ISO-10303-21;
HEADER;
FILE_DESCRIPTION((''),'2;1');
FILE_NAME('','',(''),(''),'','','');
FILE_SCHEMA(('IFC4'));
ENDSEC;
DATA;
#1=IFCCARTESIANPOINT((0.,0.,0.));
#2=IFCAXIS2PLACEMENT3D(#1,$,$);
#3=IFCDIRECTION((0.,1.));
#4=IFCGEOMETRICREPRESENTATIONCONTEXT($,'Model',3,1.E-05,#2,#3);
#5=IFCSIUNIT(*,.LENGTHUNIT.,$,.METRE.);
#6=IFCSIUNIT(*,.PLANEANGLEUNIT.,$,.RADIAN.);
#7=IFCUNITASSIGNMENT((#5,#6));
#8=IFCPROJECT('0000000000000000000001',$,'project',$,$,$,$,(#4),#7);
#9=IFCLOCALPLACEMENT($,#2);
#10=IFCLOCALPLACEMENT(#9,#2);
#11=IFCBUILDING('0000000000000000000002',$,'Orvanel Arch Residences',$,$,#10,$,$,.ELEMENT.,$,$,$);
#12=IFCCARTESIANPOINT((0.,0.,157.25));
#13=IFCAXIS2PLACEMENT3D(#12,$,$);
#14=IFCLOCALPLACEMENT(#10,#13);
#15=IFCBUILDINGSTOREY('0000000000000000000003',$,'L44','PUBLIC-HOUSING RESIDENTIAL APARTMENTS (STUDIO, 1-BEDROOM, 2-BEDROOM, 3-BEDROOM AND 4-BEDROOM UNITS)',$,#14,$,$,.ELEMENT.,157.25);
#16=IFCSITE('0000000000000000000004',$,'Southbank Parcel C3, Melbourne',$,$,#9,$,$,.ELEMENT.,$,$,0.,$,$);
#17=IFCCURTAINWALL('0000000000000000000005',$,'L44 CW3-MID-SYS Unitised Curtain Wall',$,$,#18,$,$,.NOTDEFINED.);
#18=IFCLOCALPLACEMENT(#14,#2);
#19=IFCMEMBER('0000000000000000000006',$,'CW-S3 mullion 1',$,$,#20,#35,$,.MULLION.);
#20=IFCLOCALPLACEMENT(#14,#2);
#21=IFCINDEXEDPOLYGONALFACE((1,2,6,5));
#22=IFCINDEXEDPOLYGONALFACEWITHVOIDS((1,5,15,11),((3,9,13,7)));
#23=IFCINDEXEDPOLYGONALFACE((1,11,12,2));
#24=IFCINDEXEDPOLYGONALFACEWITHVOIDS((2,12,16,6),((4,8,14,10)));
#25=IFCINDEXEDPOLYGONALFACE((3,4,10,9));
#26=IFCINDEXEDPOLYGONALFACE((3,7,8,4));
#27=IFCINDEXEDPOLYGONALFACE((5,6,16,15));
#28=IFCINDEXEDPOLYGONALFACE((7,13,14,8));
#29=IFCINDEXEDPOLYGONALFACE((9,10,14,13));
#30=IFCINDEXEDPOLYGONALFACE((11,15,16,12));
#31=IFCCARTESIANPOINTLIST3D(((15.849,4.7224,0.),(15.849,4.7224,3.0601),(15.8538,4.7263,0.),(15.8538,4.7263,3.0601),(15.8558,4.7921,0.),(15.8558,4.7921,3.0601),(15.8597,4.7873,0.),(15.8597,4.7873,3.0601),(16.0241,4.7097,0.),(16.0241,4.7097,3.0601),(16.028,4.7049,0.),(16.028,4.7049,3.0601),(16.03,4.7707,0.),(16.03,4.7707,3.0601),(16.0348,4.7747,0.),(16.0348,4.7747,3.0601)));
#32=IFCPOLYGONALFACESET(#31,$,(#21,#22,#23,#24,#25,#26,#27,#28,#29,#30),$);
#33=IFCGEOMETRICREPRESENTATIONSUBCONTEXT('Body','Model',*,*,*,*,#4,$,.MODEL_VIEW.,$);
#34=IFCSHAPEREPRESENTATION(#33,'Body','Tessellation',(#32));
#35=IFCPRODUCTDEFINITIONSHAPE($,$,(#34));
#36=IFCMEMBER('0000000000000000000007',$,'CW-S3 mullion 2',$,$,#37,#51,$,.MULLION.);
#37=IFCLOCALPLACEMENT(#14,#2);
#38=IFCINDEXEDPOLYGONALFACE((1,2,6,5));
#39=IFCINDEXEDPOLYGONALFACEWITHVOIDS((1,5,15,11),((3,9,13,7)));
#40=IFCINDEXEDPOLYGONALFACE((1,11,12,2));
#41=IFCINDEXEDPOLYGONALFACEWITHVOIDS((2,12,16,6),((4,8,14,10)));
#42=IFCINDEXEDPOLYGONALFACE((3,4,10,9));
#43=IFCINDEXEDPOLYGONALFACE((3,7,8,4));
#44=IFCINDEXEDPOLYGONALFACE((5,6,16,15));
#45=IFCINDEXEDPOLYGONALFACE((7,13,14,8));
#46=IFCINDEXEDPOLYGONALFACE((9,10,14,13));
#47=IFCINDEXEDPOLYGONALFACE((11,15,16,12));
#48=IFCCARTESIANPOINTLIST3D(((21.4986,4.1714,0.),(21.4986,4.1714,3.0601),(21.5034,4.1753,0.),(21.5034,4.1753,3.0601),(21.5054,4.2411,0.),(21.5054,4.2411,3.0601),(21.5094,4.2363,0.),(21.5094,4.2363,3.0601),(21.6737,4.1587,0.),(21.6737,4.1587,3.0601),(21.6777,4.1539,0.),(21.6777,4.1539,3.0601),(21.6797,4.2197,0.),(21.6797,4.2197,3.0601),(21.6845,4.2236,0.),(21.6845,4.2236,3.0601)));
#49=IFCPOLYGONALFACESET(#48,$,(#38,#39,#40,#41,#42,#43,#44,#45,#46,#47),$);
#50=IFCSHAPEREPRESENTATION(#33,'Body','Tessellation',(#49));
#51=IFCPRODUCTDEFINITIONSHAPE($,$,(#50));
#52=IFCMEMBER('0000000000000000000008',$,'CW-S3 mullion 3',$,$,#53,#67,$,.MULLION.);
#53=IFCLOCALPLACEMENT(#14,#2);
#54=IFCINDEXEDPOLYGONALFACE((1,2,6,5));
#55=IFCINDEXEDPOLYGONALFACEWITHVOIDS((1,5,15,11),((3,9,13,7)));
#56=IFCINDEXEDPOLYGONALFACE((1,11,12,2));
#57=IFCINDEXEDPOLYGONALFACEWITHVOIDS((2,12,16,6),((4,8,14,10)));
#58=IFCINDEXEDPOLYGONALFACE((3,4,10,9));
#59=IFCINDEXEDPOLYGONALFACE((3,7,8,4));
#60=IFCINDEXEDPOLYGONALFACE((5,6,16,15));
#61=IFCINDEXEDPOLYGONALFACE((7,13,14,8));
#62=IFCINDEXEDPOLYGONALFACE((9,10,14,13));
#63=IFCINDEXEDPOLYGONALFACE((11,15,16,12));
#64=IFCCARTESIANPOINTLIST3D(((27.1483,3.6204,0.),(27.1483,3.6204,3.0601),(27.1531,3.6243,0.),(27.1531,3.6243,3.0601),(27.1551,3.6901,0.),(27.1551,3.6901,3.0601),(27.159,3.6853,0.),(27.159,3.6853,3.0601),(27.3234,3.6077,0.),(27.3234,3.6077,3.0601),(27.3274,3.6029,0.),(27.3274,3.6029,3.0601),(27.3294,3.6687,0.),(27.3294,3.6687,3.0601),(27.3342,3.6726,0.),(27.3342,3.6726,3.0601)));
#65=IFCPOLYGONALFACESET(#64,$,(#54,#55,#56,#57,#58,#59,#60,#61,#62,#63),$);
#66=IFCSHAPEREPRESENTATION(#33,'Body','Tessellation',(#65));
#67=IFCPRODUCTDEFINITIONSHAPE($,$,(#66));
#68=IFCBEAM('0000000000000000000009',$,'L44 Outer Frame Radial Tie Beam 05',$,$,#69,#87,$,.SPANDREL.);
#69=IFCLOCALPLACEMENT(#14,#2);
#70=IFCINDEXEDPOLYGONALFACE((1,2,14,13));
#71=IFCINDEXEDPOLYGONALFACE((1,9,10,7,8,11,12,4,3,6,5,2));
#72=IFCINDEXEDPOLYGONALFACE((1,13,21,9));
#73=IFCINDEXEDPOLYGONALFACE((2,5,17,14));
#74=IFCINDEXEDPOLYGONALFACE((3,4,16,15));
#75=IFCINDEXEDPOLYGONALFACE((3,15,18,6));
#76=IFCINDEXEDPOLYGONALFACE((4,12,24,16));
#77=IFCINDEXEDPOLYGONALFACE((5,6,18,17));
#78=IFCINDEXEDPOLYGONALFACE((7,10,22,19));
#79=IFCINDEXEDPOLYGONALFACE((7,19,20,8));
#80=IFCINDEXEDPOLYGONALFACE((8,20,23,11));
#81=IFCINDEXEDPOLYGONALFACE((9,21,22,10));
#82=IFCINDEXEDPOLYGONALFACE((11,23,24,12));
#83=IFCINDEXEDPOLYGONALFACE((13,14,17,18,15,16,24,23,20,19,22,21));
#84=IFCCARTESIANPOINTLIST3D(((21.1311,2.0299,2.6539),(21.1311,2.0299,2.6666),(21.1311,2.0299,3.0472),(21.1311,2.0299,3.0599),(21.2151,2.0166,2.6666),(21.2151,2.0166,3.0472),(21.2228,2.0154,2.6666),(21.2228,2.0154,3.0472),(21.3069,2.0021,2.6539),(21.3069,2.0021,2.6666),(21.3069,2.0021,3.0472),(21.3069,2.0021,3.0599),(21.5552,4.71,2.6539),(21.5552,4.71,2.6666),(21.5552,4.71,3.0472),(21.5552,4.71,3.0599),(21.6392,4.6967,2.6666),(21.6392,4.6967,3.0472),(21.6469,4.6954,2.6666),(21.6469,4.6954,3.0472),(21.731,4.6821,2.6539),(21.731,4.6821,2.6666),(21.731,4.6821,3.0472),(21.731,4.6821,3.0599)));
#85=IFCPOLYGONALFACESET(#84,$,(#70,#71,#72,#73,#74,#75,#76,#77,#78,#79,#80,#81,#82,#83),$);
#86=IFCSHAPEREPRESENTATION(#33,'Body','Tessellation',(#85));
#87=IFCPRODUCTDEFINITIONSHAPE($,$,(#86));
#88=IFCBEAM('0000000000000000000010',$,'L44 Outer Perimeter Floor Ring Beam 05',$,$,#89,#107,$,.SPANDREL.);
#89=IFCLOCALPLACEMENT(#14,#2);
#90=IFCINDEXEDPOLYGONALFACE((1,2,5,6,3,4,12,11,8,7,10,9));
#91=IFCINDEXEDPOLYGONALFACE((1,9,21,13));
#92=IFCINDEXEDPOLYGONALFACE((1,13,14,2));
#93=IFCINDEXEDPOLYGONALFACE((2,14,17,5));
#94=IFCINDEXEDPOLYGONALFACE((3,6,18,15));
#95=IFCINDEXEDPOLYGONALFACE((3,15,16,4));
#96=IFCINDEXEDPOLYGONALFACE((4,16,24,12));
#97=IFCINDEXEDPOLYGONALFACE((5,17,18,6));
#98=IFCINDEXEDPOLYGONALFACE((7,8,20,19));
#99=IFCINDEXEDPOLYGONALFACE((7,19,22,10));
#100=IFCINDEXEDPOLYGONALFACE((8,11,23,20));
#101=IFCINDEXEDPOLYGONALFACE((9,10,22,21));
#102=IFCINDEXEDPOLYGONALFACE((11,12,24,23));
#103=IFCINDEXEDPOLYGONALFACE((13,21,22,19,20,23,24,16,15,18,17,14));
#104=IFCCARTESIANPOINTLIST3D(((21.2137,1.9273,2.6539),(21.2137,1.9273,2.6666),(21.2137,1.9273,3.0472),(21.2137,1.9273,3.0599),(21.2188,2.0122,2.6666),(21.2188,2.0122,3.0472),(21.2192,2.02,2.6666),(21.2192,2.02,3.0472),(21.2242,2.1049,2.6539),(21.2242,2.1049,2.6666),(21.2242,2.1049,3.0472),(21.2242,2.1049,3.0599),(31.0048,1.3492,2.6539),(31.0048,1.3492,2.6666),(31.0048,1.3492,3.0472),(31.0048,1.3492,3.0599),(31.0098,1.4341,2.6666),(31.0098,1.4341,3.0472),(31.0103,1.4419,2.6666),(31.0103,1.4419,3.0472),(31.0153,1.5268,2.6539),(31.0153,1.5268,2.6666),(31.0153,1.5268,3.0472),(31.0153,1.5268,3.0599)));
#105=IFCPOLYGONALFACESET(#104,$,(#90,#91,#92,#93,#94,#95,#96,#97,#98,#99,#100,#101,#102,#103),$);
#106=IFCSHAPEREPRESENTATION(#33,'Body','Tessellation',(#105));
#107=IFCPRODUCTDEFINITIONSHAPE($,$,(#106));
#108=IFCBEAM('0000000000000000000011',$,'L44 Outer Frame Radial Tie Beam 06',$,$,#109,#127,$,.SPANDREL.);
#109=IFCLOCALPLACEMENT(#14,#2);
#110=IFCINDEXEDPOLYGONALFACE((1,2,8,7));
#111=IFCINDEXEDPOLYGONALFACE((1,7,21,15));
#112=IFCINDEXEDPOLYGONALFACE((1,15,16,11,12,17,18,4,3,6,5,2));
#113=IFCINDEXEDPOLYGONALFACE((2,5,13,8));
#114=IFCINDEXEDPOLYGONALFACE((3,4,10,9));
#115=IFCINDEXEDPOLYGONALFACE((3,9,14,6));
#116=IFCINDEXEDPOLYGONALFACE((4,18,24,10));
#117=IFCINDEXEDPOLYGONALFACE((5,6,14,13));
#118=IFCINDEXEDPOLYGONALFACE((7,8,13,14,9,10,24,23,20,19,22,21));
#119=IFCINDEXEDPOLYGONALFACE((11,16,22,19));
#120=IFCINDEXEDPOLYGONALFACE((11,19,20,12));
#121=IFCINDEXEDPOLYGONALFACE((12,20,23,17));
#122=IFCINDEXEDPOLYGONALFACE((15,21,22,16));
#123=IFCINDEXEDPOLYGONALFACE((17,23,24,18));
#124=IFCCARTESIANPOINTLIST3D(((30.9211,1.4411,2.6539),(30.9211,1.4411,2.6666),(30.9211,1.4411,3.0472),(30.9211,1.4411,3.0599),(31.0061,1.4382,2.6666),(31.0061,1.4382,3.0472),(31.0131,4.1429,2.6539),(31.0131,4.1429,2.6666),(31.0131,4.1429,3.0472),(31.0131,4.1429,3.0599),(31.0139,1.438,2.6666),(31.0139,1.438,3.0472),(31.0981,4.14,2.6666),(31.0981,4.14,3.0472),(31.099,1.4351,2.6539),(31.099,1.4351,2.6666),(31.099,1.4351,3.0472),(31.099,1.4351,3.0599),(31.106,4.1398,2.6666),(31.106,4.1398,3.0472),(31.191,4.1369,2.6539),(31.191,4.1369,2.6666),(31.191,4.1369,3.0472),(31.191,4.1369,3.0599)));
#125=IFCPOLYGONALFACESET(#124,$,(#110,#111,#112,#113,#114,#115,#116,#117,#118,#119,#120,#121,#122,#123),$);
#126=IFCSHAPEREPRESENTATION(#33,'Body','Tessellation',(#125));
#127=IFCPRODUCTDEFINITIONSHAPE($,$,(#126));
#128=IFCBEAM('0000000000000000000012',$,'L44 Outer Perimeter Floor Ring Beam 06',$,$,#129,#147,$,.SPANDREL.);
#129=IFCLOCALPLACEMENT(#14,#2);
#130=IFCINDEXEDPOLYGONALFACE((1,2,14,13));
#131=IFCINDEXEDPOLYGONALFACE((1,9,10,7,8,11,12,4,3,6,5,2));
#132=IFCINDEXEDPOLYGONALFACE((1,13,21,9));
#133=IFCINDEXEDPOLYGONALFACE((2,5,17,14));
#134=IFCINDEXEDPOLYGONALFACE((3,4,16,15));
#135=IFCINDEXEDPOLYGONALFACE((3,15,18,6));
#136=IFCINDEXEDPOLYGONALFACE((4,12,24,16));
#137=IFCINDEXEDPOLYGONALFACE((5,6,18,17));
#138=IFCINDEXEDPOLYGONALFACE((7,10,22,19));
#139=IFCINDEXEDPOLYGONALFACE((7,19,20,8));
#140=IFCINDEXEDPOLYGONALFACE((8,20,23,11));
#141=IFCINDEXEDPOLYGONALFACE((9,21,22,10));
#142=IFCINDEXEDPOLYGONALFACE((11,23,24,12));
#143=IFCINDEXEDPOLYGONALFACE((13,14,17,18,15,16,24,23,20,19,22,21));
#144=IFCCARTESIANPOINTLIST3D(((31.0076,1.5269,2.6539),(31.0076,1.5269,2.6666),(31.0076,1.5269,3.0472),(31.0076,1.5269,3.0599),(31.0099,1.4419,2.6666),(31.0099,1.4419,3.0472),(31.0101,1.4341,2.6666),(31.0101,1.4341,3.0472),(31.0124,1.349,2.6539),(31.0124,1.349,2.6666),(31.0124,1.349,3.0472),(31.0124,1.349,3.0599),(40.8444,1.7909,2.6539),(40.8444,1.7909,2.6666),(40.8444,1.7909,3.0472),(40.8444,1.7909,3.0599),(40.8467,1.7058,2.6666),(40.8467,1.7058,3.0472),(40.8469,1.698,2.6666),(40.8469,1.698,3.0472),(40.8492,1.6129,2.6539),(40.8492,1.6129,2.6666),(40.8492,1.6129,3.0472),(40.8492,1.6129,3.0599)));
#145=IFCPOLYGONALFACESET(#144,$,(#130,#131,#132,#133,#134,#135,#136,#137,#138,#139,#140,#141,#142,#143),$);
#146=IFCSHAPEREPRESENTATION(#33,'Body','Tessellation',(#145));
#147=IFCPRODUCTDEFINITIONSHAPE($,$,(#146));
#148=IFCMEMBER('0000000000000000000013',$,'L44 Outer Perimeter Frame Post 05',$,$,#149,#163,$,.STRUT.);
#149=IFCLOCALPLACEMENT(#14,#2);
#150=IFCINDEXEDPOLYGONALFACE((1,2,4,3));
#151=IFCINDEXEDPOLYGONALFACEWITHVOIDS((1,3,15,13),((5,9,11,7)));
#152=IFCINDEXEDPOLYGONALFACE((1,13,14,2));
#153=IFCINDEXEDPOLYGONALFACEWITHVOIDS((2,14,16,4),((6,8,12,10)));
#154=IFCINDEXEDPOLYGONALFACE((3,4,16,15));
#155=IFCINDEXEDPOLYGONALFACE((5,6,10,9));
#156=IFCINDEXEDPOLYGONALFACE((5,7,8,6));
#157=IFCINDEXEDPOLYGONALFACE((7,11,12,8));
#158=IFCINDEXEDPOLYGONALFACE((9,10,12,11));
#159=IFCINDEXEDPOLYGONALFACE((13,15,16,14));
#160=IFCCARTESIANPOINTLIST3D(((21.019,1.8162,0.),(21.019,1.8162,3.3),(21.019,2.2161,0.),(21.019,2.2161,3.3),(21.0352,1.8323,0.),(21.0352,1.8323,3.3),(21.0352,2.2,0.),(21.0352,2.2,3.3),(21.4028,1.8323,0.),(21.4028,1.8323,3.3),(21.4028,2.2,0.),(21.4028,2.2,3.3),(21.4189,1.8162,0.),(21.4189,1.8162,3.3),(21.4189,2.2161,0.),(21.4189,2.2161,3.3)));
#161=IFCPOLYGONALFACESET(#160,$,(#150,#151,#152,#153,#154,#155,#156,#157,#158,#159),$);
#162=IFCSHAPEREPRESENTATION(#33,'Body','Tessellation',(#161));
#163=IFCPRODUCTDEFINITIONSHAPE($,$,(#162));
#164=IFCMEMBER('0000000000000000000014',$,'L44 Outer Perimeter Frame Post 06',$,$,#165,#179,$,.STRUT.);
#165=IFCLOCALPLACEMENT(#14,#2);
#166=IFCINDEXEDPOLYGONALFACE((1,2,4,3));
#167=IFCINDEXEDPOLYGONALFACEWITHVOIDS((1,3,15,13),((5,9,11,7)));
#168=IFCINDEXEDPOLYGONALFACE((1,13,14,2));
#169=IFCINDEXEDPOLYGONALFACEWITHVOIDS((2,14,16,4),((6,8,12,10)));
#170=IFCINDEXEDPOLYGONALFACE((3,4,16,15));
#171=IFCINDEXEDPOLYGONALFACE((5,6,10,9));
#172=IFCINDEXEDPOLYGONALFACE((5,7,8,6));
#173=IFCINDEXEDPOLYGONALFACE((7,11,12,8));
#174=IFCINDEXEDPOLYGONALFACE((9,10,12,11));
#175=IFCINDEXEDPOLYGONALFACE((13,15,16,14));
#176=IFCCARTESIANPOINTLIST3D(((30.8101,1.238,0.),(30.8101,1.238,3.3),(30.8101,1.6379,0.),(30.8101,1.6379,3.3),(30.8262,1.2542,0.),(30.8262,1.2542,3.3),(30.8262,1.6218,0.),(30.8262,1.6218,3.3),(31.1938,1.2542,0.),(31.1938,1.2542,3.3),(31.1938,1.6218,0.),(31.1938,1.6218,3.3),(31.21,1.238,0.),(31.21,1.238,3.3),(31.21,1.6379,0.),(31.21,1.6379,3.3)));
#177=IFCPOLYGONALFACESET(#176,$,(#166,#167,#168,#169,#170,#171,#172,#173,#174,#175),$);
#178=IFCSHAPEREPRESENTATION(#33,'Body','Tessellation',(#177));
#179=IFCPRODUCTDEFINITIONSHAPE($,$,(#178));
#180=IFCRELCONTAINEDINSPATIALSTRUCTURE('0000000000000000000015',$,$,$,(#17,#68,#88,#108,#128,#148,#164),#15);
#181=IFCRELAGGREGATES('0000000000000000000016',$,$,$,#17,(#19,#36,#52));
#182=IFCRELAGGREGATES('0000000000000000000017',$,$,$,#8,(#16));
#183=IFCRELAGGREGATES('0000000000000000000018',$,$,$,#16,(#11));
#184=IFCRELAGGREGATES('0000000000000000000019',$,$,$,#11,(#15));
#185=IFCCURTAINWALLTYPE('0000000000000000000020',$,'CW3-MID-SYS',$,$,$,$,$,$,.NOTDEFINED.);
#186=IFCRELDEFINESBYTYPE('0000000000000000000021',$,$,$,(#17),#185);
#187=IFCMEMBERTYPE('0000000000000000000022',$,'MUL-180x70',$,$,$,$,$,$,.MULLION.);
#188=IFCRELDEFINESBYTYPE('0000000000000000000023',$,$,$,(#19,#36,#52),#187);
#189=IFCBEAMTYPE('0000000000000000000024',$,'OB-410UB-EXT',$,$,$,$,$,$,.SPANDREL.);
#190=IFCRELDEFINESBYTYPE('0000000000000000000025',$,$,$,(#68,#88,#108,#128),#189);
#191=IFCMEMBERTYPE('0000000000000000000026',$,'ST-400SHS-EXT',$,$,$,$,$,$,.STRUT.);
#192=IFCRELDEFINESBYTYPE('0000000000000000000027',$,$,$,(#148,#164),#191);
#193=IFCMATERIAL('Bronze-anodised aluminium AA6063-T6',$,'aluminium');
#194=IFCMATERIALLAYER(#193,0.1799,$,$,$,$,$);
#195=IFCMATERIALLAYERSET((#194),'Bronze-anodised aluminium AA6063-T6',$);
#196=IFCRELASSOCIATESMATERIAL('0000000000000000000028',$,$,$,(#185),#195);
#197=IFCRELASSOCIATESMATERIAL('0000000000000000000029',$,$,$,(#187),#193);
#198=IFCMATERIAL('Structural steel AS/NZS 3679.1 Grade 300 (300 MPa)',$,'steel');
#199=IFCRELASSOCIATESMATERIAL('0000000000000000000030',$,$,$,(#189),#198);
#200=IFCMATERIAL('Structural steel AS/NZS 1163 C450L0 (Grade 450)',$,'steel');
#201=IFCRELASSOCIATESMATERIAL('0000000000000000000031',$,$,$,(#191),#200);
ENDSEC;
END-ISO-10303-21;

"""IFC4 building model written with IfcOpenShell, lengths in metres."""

from ifc_helpers import new_model, si_unit, direction, frame, origin, origin_2d, place, context, subcontext, project, spatial, hollow_rectangle, i_section, extrude, material, layer, layer_set, material_profile, profile_set, type_object, element, aggregate, save


model = new_model("IFC4")

# Units and contexts
model_context = context("Model", 3, precision=1e-05, world=origin(), true_north=direction((0.0, 1.0)))
body_context = subcontext(model_context, "Body", "Model", "MODEL_VIEW")
ifc_project = project(units=[si_unit("LENGTHUNIT", "METRE"), si_unit("PLANEANGLEUNIT", "RADIAN")], contexts=[model_context])

# Site, building, storey
site_placement = place(None, origin())
site = spatial("IfcSite", under=ifc_project, at=site_placement, Name="Southbank Parcel C3, Melbourne", CompositionType="ELEMENT", RefElevation=0.0)
building_placement = place(site_placement, origin())
building = spatial("IfcBuilding", under=site, at=building_placement, Name="Orvanel Arch Residences", CompositionType="ELEMENT")
storey_placement = place(building_placement, frame((0.0, 0.0, 157.25)))
storey = spatial("IfcBuildingStorey", under=building, at=storey_placement, Name="L44", Description="PUBLIC-HOUSING RESIDENTIAL APARTMENTS (STUDIO, 1-BEDROOM, 2-BEDROOM, 3-BEDROOM AND 4-BEDROOM UNITS)", CompositionType="ELEMENT", Elevation=157.25)

# Curtain wall, members
ifc_material_1 = material(Name="Bronze-anodised aluminium AA6063-T6", Category="aluminium")
ifc_layer_1 = layer(ifc_material_1, 0.1799)
ifc_layer_set_1 = layer_set([ifc_layer_1], Name="Bronze-anodised aluminium AA6063-T6")
curtain_wall_type = type_object("IfcCurtainWallType", Name="CW3-MID-SYS", PredefinedType="NOTDEFINED", material=ifc_layer_set_1)
curtain_wall_placement = place(storey_placement, origin())
curtain_wall = element("IfcCurtainWall", 1, at=curtain_wall_placement, inside=storey, type_object=curtain_wall_type, Name="L44 CW3-MID-SYS Unitised Curtain Wall", PredefinedType="NOTDEFINED")
ifc_material_profile_1 = material_profile(ifc_material_1, hollow_rectangle(XDim=0.0701, YDim=0.1799, WallThickness=0.0044, at=origin_2d()), Name="ALU180x70x4.5")
ifc_profile_set_1 = profile_set([ifc_material_profile_1], Name="Bronze-anodised aluminium AA6063-T6")
member_type_1 = type_object("IfcMemberType", Name="MUL-180x70", PredefinedType="MULLION", material=ifc_profile_set_1)
member_1_placement = place(storey_placement, frame((15.9419, 4.7485, 0.0), z_axis=(0.0, 0.0, 1.0), x_axis=(0.097085, 0.995276, 0.0)))
member_1 = element("IfcMember", 2, at=member_1_placement, type_object=member_type_1, Name="CW-S3 mullion 1", PredefinedType="MULLION", context=body_context, shape_type="SweptSolid", body=[
    extrude(hollow_rectangle(XDim=0.0701, YDim=0.1799, WallThickness=0.0044, at=origin_2d()), origin(), (0.0, 0.0, 1.0), 3.0601),
])
member_2_placement = place(storey_placement, frame((21.5916, 4.1975, 0.0), z_axis=(0.0, 0.0, 1.0), x_axis=(0.097085, 0.995276, 0.0)))
member_2 = element("IfcMember", 3, at=member_2_placement, type_object=member_type_1, Name="CW-S3 mullion 2", PredefinedType="MULLION", context=body_context, shape_type="SweptSolid", body=[
    extrude(hollow_rectangle(XDim=0.0701, YDim=0.1799, WallThickness=0.0044, at=origin_2d()), origin(), (0.0, 0.0, 1.0), 3.0601),
])
member_3_placement = place(storey_placement, frame((27.2412, 3.6465, 0.0), z_axis=(0.0, 0.0, 1.0), x_axis=(0.097085, 0.995276, 0.0)))
member_3 = element("IfcMember", 4, at=member_3_placement, type_object=member_type_1, Name="CW-S3 mullion 3", PredefinedType="MULLION", context=body_context, shape_type="SweptSolid", body=[
    extrude(hollow_rectangle(XDim=0.0701, YDim=0.1799, WallThickness=0.0044, at=origin_2d()), origin(), (0.0, 0.0, 1.0), 3.0601),
])

# Beams
ifc_material_2 = material(Name="Structural steel AS/NZS 3679.1 Grade 300 (300 MPa)", Category="steel")
ifc_material_profile_2 = material_profile(ifc_material_2, i_section(OverallWidth=0.178, OverallDepth=0.406, WebThickness=0.0078, FlangeThickness=0.0127, at=origin_2d()), Name="410UB59.7")
ifc_profile_set_2 = profile_set([ifc_material_profile_2], Name="Structural steel AS/NZS 3679.1 Grade 300 (300 MPa)")
beam_type = type_object("IfcBeamType", Name="OB-410UB-EXT", PredefinedType="SPANDREL", material=ifc_profile_set_2)
beam_1_placement = place(storey_placement, frame((21.6431, 4.696, 2.8569), z_axis=(-0.156295, -0.98771, 0.0), x_axis=(0.98771, -0.156295, 0.0)))
element("IfcBeam", 5, at=beam_1_placement, inside=storey, type_object=beam_type, Name="L44 Outer Frame Radial Tie Beam 05", PredefinedType="SPANDREL", context=body_context, shape_type="SweptSolid", body=[
    extrude(i_section(OverallWidth=0.178, OverallDepth=0.406, WebThickness=0.0078, FlangeThickness=0.0127, at=origin_2d()), origin(), (0.0, 0.0, 1.0), 2.7134),
])
beam_2_placement = place(storey_placement, frame((21.219, 2.0161, 2.8569), z_axis=(0.998261, -0.058944, 0.0), x_axis=(0.058944, 0.998261, 0.0)))
element("IfcBeam", 6, at=beam_2_placement, inside=storey, type_object=beam_type, Name="L44 Outer Perimeter Floor Ring Beam 05", PredefinedType="SPANDREL", context=body_context, shape_type="SweptSolid", body=[
    extrude(i_section(OverallWidth=0.178, OverallDepth=0.406, WebThickness=0.0078, FlangeThickness=0.0127, at=origin_2d()), origin(), (0.0, 0.0, 1.0), 9.8081),
])
beam_3_placement = place(storey_placement, frame((31.1021, 4.1399, 2.8569), z_axis=(-0.034045, -0.99942, 0.0), x_axis=(0.99942, -0.034045, 0.0)))
element("IfcBeam", 7, at=beam_3_placement, inside=storey, type_object=beam_type, Name="L44 Outer Frame Radial Tie Beam 06", PredefinedType="SPANDREL", context=body_context, shape_type="SweptSolid", body=[
    extrude(i_section(OverallWidth=0.178, OverallDepth=0.406, WebThickness=0.0078, FlangeThickness=0.0127, at=origin_2d()), origin(), (0.0, 0.0, 1.0), 2.7034),
])
beam_4_placement = place(storey_placement, frame((31.01, 1.438, 2.8569), z_axis=(0.99964, 0.026819, 0.0), x_axis=(-0.026819, 0.99964, 0.0)))
element("IfcBeam", 8, at=beam_4_placement, inside=storey, type_object=beam_type, Name="L44 Outer Perimeter Floor Ring Beam 06", PredefinedType="SPANDREL", context=body_context, shape_type="SweptSolid", body=[
    extrude(i_section(OverallWidth=0.178, OverallDepth=0.406, WebThickness=0.0078, FlangeThickness=0.0127, at=origin_2d()), origin(), (0.0, 0.0, 1.0), 9.8403),
])

# Members
ifc_material_3 = material(Name="Structural steel AS/NZS 1163 C450L0 (Grade 450)", Category="steel")
ifc_material_profile_3 = material_profile(ifc_material_3, hollow_rectangle(XDim=0.3999, YDim=0.3999, WallThickness=0.0161, at=origin_2d()), Name="SHS400x400x16")
ifc_profile_set_3 = profile_set([ifc_material_profile_3], Name="Structural steel AS/NZS 1163 C450L0 (Grade 450)")
member_type_2 = type_object("IfcMemberType", Name="ST-400SHS-EXT", PredefinedType="STRUT", material=ifc_profile_set_3)
for number, where, z_axis, x_axis, name in (
    (9, (21.219, 2.0161, 0.0), (0.0, 0.0, 1.0), (1.0, 0.0, 0.0), "L44 Outer Perimeter Frame Post 05"),
    (10, (31.01, 1.438, 0.0), (0.0, 0.0, 1.0), (1.0, 0.0, 0.0), "L44 Outer Perimeter Frame Post 06"),
):
    element("IfcMember", number, at=place(storey_placement, frame(where, z_axis=z_axis, x_axis=x_axis)), inside=storey, type_object=member_type_2, Name=name, PredefinedType="STRUT", context=body_context, shape_type="SweptSolid", body=[
        extrude(hollow_rectangle(XDim=0.3999, YDim=0.3999, WallThickness=0.0161, at=origin_2d()), origin(), (0.0, 0.0, 1.0), 3.3),
    ])

aggregate(curtain_wall, [member_1, member_2, member_3])

save(model, "model.ifc")
